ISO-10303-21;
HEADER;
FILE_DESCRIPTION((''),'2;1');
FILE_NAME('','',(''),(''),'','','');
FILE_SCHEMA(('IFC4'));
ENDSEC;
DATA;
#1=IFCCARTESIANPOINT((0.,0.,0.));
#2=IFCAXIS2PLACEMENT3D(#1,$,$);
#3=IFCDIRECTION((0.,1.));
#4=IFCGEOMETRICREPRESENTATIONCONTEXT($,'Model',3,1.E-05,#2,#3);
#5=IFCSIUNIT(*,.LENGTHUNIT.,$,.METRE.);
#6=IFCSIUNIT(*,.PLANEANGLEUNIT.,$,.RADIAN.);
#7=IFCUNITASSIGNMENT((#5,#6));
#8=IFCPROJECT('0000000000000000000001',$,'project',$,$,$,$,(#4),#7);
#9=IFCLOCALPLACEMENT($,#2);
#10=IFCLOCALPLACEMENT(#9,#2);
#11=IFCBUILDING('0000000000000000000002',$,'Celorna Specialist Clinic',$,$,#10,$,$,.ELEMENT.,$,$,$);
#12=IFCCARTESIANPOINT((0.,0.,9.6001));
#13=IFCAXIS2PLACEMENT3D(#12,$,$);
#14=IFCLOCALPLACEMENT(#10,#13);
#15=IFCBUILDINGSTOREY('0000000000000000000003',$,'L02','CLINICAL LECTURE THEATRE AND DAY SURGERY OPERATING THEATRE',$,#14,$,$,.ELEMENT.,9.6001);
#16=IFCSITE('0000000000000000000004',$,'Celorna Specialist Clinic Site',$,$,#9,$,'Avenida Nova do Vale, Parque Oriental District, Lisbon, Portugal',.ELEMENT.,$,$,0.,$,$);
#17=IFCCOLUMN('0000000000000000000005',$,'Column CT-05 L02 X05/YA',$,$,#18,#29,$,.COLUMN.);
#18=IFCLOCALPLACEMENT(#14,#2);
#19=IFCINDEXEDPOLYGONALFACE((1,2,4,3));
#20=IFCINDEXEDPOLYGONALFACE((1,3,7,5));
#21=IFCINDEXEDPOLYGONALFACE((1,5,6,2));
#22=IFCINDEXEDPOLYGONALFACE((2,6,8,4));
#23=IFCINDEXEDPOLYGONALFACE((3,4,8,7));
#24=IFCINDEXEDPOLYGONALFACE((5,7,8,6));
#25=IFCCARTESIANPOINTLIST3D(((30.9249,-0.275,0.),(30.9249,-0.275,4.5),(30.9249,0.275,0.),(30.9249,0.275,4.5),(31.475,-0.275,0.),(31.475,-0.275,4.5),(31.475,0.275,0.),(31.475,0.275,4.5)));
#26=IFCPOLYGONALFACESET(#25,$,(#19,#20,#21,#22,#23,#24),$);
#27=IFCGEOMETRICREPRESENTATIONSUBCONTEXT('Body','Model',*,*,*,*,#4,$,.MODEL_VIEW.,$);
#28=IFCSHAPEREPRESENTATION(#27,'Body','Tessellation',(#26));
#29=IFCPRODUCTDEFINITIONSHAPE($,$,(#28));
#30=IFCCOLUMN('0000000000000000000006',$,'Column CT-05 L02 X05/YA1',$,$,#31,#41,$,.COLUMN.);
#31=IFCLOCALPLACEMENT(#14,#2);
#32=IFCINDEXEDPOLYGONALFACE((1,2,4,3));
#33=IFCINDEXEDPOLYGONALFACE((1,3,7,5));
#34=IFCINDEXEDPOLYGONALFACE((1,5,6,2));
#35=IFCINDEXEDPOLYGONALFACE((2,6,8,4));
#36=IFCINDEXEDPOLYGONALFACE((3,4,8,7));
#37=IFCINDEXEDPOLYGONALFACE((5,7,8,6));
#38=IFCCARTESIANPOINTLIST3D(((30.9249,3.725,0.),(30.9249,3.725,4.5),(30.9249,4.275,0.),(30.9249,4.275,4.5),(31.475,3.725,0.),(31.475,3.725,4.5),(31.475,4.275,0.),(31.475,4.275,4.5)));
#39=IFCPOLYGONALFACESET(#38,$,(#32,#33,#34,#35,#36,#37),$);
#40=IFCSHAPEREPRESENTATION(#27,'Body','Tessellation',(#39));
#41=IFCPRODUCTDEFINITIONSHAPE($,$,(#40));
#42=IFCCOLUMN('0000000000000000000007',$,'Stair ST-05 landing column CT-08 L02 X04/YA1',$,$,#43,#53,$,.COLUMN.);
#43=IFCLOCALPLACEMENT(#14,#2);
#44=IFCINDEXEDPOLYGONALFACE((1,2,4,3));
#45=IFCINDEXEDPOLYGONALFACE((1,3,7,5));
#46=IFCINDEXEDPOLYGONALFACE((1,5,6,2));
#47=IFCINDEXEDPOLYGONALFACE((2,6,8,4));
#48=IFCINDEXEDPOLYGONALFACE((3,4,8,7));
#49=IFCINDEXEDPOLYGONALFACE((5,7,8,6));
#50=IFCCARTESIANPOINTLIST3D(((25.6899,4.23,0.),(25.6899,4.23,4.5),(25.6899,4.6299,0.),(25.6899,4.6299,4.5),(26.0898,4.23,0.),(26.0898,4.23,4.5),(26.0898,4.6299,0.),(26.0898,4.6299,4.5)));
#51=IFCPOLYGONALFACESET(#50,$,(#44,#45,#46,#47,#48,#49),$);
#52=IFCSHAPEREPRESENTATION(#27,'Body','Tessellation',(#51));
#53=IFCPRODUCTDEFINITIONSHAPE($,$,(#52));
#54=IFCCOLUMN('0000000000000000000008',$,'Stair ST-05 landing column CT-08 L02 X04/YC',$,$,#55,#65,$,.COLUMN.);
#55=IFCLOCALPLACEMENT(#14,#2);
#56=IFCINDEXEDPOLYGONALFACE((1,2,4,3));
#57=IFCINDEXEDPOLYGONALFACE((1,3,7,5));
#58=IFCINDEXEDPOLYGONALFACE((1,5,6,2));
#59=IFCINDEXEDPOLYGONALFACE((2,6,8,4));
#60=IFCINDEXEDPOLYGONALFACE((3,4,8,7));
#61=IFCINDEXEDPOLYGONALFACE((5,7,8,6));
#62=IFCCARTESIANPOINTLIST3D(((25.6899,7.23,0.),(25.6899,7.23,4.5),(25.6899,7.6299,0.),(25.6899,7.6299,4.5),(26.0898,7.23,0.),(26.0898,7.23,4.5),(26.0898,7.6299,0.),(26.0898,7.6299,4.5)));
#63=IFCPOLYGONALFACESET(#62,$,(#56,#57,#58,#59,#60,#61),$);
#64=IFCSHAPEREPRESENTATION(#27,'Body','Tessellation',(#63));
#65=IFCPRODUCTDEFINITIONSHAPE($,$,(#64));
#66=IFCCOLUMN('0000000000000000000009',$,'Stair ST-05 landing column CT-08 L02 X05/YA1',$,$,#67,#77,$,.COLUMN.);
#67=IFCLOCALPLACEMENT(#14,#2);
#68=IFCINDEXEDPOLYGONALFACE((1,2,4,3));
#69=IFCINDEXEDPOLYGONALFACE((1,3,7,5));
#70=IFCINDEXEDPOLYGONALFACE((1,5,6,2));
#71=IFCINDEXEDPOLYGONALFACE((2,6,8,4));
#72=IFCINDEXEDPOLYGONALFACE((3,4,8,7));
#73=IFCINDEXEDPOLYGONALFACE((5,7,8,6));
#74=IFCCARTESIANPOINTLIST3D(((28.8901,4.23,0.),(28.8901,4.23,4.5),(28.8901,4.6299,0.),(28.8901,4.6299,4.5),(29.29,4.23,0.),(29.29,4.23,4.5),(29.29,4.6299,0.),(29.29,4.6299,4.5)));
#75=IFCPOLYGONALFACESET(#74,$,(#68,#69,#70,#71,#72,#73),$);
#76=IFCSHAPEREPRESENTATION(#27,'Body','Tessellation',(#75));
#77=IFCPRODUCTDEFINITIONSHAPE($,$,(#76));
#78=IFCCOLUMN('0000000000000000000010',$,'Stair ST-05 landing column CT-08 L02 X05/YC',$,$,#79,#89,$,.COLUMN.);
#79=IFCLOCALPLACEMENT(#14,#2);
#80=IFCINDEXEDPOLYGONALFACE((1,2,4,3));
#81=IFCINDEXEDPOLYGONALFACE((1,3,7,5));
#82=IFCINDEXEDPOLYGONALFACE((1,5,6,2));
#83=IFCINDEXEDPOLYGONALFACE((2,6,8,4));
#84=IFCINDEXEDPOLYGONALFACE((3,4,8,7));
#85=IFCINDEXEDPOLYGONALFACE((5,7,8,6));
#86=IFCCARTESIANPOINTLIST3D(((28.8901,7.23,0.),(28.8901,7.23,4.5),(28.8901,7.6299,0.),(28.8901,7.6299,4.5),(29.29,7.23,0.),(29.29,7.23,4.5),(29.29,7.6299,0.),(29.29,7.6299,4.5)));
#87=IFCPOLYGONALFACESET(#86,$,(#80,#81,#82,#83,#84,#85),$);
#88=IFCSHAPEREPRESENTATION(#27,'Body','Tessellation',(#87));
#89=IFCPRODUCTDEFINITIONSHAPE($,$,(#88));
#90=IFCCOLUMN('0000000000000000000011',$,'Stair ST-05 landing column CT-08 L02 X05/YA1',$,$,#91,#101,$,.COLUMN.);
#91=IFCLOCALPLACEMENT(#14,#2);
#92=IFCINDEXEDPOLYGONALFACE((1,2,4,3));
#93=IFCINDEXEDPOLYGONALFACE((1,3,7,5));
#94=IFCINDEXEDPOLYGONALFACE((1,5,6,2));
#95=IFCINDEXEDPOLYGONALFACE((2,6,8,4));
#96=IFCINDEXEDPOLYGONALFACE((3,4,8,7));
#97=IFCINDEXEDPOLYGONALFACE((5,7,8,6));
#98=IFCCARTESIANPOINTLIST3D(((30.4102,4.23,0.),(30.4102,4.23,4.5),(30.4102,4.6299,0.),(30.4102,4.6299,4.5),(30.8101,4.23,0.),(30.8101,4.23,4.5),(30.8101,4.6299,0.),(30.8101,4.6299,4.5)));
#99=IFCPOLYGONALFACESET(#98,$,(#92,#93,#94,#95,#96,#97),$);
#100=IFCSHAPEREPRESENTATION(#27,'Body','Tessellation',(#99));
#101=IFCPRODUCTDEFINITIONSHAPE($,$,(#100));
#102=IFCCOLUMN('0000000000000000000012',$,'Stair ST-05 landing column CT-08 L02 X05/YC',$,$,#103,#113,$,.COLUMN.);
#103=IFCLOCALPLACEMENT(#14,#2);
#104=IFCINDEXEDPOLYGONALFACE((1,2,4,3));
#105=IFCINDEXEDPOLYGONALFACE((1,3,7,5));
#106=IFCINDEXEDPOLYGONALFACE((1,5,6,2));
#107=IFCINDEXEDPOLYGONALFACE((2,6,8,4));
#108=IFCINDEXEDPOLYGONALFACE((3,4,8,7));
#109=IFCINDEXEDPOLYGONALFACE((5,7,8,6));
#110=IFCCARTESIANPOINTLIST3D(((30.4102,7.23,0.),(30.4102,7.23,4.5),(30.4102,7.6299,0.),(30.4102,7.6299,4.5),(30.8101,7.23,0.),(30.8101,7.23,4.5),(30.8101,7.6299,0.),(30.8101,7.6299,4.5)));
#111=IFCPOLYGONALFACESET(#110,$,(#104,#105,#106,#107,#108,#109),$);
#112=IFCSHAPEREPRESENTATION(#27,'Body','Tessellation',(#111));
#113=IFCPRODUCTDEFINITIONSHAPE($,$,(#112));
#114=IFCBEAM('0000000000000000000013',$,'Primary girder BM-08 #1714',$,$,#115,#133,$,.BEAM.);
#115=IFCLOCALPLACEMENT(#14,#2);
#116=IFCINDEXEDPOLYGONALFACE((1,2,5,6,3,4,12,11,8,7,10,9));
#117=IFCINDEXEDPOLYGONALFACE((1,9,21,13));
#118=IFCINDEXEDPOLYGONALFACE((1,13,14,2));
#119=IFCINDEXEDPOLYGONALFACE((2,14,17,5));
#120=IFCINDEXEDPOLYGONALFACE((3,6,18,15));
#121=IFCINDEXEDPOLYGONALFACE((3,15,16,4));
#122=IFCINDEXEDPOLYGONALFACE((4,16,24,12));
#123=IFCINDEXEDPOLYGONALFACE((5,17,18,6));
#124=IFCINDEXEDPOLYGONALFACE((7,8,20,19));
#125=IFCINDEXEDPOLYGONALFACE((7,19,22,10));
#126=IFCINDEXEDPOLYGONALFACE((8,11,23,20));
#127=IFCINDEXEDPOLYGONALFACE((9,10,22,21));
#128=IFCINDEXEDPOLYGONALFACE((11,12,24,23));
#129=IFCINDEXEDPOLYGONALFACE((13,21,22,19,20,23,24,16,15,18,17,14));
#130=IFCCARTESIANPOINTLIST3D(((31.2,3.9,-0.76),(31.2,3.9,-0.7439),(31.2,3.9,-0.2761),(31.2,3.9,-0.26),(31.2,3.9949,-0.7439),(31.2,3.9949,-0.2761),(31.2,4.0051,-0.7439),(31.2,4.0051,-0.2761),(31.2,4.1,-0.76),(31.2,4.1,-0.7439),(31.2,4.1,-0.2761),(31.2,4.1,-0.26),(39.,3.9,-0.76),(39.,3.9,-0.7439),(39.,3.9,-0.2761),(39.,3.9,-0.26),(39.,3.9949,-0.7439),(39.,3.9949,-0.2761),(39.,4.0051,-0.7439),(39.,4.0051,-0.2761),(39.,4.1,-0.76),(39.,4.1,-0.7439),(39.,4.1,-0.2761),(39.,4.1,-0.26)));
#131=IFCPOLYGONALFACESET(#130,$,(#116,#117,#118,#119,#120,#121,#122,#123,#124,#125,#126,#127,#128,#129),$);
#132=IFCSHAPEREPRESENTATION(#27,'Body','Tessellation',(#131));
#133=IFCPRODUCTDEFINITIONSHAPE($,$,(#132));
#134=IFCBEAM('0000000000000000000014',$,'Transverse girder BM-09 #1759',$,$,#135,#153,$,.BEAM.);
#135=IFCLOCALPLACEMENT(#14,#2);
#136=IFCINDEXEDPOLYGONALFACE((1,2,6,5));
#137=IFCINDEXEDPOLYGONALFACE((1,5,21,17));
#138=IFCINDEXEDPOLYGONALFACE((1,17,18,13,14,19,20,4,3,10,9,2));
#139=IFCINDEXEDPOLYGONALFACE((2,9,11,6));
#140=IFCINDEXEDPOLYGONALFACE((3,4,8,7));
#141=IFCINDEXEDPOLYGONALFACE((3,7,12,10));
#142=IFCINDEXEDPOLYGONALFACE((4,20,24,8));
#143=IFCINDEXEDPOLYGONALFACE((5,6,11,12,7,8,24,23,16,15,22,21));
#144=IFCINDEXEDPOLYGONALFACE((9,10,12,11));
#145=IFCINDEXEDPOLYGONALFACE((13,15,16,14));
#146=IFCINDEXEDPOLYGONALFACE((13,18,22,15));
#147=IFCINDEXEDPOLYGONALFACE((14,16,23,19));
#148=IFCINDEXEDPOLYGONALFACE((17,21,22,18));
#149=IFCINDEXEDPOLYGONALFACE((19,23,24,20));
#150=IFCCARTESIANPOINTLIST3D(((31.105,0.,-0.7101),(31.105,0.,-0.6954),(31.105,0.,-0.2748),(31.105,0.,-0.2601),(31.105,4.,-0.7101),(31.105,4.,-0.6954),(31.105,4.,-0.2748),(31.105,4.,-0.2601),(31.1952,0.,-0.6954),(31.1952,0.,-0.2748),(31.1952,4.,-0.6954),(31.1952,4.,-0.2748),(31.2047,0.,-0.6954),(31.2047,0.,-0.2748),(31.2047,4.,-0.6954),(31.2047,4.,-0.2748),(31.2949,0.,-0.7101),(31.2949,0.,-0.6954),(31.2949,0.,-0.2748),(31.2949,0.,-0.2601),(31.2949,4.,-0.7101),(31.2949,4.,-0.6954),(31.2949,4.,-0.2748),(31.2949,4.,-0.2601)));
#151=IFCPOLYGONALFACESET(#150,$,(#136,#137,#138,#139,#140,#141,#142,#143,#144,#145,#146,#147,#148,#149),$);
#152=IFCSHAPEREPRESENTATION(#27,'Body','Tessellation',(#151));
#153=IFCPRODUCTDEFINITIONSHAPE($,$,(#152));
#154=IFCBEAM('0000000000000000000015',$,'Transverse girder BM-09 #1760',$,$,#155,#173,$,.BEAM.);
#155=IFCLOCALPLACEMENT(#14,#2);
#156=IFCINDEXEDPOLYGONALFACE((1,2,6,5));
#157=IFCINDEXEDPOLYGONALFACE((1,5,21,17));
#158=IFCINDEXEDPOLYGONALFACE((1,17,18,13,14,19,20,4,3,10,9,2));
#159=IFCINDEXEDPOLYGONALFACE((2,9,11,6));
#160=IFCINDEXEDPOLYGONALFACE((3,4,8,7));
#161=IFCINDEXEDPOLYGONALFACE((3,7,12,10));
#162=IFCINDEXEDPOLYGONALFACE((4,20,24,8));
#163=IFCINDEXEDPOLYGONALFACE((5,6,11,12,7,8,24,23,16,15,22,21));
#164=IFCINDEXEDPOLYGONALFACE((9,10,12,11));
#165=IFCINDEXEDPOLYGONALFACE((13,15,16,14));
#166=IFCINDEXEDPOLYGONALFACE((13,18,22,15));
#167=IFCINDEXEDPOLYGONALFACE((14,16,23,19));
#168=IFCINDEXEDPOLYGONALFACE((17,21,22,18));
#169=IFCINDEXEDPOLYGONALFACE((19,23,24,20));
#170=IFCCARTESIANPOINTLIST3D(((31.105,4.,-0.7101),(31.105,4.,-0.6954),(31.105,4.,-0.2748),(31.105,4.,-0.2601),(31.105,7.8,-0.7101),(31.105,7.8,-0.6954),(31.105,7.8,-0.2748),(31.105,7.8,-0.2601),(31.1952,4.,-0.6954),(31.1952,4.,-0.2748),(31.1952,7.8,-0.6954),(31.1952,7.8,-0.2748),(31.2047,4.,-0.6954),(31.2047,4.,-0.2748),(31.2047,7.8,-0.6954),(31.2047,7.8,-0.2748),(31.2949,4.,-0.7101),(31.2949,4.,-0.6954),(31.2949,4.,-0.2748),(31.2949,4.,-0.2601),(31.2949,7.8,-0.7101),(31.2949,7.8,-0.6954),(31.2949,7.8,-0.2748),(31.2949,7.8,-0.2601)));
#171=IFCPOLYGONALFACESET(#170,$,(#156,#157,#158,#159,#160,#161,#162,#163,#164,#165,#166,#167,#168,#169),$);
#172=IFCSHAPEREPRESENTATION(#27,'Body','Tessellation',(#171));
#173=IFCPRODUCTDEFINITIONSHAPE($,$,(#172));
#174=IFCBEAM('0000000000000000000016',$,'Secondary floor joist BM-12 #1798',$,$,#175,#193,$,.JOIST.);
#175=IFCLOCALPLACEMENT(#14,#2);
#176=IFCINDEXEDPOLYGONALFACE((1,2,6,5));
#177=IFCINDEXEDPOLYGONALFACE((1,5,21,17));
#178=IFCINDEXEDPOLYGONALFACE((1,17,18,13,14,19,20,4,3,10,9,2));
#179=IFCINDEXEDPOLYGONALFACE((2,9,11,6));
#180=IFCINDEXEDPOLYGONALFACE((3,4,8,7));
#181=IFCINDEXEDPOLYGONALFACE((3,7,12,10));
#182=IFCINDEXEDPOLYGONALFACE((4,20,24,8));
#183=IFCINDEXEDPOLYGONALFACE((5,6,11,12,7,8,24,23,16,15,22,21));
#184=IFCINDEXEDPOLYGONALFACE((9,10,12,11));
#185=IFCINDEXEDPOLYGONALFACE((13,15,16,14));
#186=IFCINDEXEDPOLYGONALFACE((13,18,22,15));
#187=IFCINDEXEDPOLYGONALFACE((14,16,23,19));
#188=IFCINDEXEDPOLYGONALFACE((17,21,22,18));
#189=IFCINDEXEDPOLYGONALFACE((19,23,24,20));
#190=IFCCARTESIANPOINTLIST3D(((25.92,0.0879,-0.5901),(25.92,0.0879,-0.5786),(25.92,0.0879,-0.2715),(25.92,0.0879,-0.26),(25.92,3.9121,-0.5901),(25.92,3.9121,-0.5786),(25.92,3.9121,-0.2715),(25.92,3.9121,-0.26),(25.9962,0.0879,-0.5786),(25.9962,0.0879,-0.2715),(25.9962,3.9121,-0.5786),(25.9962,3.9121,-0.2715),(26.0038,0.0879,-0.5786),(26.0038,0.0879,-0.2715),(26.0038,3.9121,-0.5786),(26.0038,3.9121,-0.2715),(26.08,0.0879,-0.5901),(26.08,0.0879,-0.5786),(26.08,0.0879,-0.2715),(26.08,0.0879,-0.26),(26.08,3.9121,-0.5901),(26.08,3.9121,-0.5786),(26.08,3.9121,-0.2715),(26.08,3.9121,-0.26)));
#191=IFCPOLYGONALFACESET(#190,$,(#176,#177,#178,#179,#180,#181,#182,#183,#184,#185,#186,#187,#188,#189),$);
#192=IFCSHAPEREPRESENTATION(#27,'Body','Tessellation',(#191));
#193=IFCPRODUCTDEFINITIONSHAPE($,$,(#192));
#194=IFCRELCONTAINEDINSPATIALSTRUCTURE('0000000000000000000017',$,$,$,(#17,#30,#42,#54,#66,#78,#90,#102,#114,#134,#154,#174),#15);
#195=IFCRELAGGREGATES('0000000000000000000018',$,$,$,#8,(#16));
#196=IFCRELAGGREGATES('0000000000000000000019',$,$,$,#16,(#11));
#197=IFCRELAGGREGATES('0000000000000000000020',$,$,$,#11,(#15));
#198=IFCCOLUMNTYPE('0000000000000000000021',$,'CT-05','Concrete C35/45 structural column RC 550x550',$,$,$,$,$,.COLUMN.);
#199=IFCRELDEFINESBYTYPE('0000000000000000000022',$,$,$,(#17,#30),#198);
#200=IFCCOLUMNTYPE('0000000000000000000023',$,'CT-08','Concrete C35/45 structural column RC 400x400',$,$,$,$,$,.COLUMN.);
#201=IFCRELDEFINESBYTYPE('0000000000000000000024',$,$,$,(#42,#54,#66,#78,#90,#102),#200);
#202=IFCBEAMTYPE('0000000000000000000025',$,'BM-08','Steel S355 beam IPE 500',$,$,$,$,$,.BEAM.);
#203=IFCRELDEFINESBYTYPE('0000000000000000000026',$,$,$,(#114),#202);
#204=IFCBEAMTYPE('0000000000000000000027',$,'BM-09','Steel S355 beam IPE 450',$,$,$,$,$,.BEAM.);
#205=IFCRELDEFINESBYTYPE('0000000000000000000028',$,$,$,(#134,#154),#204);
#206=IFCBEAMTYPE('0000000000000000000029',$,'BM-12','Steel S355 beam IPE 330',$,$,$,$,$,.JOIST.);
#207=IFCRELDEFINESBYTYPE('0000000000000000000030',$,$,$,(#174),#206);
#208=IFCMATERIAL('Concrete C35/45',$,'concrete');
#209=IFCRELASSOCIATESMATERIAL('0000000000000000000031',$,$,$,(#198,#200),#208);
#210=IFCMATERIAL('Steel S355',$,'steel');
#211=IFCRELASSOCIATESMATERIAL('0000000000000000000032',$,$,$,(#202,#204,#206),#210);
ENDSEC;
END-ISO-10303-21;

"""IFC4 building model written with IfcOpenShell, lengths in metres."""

from ifc_helpers import new_model, si_unit, direction, frame, origin, origin_2d, place, context, subcontext, project, spatial, rectangle, i_section, extrude, material, material_profile, profile_set, type_object, element, save


model = new_model("IFC4")

# Units and contexts
model_context = context("Model", 3, precision=1e-05, world=origin(), true_north=direction((0.0, 1.0)))
body_context = subcontext(model_context, "Body", "Model", "MODEL_VIEW")
ifc_project = project(units=[si_unit("LENGTHUNIT", "METRE"), si_unit("PLANEANGLEUNIT", "RADIAN")], contexts=[model_context])

# Site, building, storey
site_placement = place(None, origin())
site = spatial("IfcSite", under=ifc_project, at=site_placement, Name="Celorna Specialist Clinic Site", LongName="Avenida Nova do Vale, Parque Oriental District, Lisbon, Portugal", CompositionType="ELEMENT", RefElevation=0.0)
building_placement = place(site_placement, origin())
building = spatial("IfcBuilding", under=site, at=building_placement, Name="Celorna Specialist Clinic", CompositionType="ELEMENT")
storey_placement = place(building_placement, frame((0.0, 0.0, 9.6001)))
storey = spatial("IfcBuildingStorey", under=building, at=storey_placement, Name="L02", Description="CLINICAL LECTURE THEATRE AND DAY SURGERY OPERATING THEATRE", CompositionType="ELEMENT", Elevation=9.6001)

# Columns
ifc_material_1 = material(Name="Concrete C35/45", Category="concrete")
ifc_material_profile_1 = material_profile(ifc_material_1, rectangle(XDim=0.55, YDim=0.55, at=origin_2d()), Name="RC 550x550")
ifc_profile_set_1 = profile_set([ifc_material_profile_1], Name="Concrete C35/45")
column_type_1 = type_object("IfcColumnType", Name="CT-05", Description="Concrete C35/45 structural column RC 550x550", PredefinedType="COLUMN", material=ifc_profile_set_1)
for number, where, z_axis, x_axis, name in (
    (1, (31.2, 0.0, 0.0), (0.0, 0.0, 1.0), (1.0, 0.0, 0.0), "Column CT-05 L02 X05/YA"),
    (2, (31.2, 4.0, 0.0), (0.0, 0.0, 1.0), (1.0, 0.0, 0.0), "Column CT-05 L02 X05/YA1"),
):
    element("IfcColumn", number, at=place(storey_placement, frame(where, z_axis=z_axis, x_axis=x_axis)), inside=storey, type_object=column_type_1, Name=name, PredefinedType="COLUMN", context=body_context, shape_type="SweptSolid", body=[
        extrude(rectangle(XDim=0.55, YDim=0.55, at=origin_2d()), origin(), (0.0, 0.0, 1.0), 4.5),
    ])
ifc_material_profile_2 = material_profile(ifc_material_1, rectangle(XDim=0.3999, YDim=0.3999, at=origin_2d()), Name="RC 400x400")
ifc_profile_set_2 = profile_set([ifc_material_profile_2], Name="Concrete C35/45")
column_type_2 = type_object("IfcColumnType", Name="CT-08", Description="Concrete C35/45 structural column RC 400x400", PredefinedType="COLUMN", material=ifc_profile_set_2)
for number, where, z_axis, x_axis, name in (
    (3, (25.8899, 4.4299, 0.0), (0.0, 0.0, 1.0), (1.0, 0.0, 0.0), "Stair ST-05 landing column CT-08 L02 X04/YA1"),
    (4, (25.8899, 7.4299, 0.0), (0.0, 0.0, 1.0), (1.0, 0.0, 0.0), "Stair ST-05 landing column CT-08 L02 X04/YC"),
    (5, (29.0901, 4.4299, 0.0), (0.0, 0.0, 1.0), (1.0, 0.0, 0.0), "Stair ST-05 landing column CT-08 L02 X05/YA1"),
    (6, (29.0901, 7.4299, 0.0), (0.0, 0.0, 1.0), (1.0, 0.0, 0.0), "Stair ST-05 landing column CT-08 L02 X05/YC"),
    (7, (30.6101, 4.4299, 0.0), (0.0, 0.0, 1.0), (1.0, 0.0, 0.0), "Stair ST-05 landing column CT-08 L02 X05/YA1"),
    (8, (30.6101, 7.4299, 0.0), (0.0, 0.0, 1.0), (1.0, 0.0, 0.0), "Stair ST-05 landing column CT-08 L02 X05/YC"),
):
    element("IfcColumn", number, at=place(storey_placement, frame(where, z_axis=z_axis, x_axis=x_axis)), inside=storey, type_object=column_type_2, Name=name, PredefinedType="COLUMN", context=body_context, shape_type="SweptSolid", body=[
        extrude(rectangle(XDim=0.3999, YDim=0.3999, at=origin_2d()), origin(), (0.0, 0.0, 1.0), 4.5),
    ])

# Beams
ifc_material_2 = material(Name="Steel S355", Category="steel")
ifc_material_profile_3 = material_profile(ifc_material_2, i_section(OverallWidth=0.2, OverallDepth=0.5, WebThickness=0.0103, FlangeThickness=0.0161, at=origin_2d()), Name="IPE 500")
ifc_profile_set_3 = profile_set([ifc_material_profile_3], Name="Steel S355")
beam_type_1 = type_object("IfcBeamType", Name="BM-08", Description="Steel S355 beam IPE 500", PredefinedType="BEAM", material=ifc_profile_set_3)
beam_1_placement = place(storey_placement, frame((31.2, 4.0, -0.51), z_axis=(1.0, 0.0, 0.0), x_axis=(0.0, 1.0, 0.0)))
element("IfcBeam", 9, at=beam_1_placement, inside=storey, type_object=beam_type_1, Name="Primary girder BM-08 #1714", PredefinedType="BEAM", context=body_context, shape_type="SweptSolid", body=[
    extrude(i_section(OverallWidth=0.2, OverallDepth=0.5, WebThickness=0.0103, FlangeThickness=0.0161, at=origin_2d()), origin(), (0.0, 0.0, 1.0), 7.8),
])
ifc_material_profile_4 = material_profile(ifc_material_2, i_section(OverallWidth=0.1899, OverallDepth=0.45, WebThickness=0.0095, FlangeThickness=0.0146, at=origin_2d()), Name="IPE 450")
ifc_profile_set_4 = profile_set([ifc_material_profile_4], Name="Steel S355")
beam_type_2 = type_object("IfcBeamType", Name="BM-09", Description="Steel S355 beam IPE 450", PredefinedType="BEAM", material=ifc_profile_set_4)
beam_2_placement = place(storey_placement, frame((31.2, 0.0, -0.4851), z_axis=(0.0, 1.0, 0.0), x_axis=(-1.0, 0.0, 0.0)))
element("IfcBeam", 10, at=beam_2_placement, inside=storey, type_object=beam_type_2, Name="Transverse girder BM-09 #1759", PredefinedType="BEAM", context=body_context, shape_type="SweptSolid", body=[
    extrude(i_section(OverallWidth=0.1899, OverallDepth=0.45, WebThickness=0.0095, FlangeThickness=0.0146, at=origin_2d()), origin(), (0.0, 0.0, 1.0), 4.0),
])
beam_3_placement = place(storey_placement, frame((31.2, 4.0, -0.4851), z_axis=(0.0, 1.0, 0.0), x_axis=(-1.0, 0.0, 0.0)))
element("IfcBeam", 11, at=beam_3_placement, inside=storey, type_object=beam_type_2, Name="Transverse girder BM-09 #1760", PredefinedType="BEAM", context=body_context, shape_type="SweptSolid", body=[
    extrude(i_section(OverallWidth=0.1899, OverallDepth=0.45, WebThickness=0.0095, FlangeThickness=0.0146, at=origin_2d()), origin(), (0.0, 0.0, 1.0), 3.8),
])
ifc_material_profile_5 = material_profile(ifc_material_2, i_section(OverallWidth=0.1599, OverallDepth=0.3301, WebThickness=0.0076, FlangeThickness=0.0115, at=origin_2d()), Name="IPE 330")
ifc_profile_set_5 = profile_set([ifc_material_profile_5], Name="Steel S355")
beam_type_3 = type_object("IfcBeamType", Name="BM-12", Description="Steel S355 beam IPE 330", PredefinedType="JOIST", material=ifc_profile_set_5)
for number, where, z_axis, x_axis, name in (
    (12, (26.0, 0.0879, -0.425), (0.0, 1.0, 0.0), (-1.0, 0.0, 0.0), "Secondary floor joist BM-12 #1798"),
):
    element("IfcBeam", number, at=place(storey_placement, frame(where, z_axis=z_axis, x_axis=x_axis)), inside=storey, type_object=beam_type_3, Name=name, PredefinedType="JOIST", context=body_context, shape_type="SweptSolid", body=[
        extrude(i_section(OverallWidth=0.1599, OverallDepth=0.3301, WebThickness=0.0076, FlangeThickness=0.0115, at=origin_2d()), origin(), (0.0, 0.0, 1.0), 3.8242),
    ])

save(model, "model.ifc")
